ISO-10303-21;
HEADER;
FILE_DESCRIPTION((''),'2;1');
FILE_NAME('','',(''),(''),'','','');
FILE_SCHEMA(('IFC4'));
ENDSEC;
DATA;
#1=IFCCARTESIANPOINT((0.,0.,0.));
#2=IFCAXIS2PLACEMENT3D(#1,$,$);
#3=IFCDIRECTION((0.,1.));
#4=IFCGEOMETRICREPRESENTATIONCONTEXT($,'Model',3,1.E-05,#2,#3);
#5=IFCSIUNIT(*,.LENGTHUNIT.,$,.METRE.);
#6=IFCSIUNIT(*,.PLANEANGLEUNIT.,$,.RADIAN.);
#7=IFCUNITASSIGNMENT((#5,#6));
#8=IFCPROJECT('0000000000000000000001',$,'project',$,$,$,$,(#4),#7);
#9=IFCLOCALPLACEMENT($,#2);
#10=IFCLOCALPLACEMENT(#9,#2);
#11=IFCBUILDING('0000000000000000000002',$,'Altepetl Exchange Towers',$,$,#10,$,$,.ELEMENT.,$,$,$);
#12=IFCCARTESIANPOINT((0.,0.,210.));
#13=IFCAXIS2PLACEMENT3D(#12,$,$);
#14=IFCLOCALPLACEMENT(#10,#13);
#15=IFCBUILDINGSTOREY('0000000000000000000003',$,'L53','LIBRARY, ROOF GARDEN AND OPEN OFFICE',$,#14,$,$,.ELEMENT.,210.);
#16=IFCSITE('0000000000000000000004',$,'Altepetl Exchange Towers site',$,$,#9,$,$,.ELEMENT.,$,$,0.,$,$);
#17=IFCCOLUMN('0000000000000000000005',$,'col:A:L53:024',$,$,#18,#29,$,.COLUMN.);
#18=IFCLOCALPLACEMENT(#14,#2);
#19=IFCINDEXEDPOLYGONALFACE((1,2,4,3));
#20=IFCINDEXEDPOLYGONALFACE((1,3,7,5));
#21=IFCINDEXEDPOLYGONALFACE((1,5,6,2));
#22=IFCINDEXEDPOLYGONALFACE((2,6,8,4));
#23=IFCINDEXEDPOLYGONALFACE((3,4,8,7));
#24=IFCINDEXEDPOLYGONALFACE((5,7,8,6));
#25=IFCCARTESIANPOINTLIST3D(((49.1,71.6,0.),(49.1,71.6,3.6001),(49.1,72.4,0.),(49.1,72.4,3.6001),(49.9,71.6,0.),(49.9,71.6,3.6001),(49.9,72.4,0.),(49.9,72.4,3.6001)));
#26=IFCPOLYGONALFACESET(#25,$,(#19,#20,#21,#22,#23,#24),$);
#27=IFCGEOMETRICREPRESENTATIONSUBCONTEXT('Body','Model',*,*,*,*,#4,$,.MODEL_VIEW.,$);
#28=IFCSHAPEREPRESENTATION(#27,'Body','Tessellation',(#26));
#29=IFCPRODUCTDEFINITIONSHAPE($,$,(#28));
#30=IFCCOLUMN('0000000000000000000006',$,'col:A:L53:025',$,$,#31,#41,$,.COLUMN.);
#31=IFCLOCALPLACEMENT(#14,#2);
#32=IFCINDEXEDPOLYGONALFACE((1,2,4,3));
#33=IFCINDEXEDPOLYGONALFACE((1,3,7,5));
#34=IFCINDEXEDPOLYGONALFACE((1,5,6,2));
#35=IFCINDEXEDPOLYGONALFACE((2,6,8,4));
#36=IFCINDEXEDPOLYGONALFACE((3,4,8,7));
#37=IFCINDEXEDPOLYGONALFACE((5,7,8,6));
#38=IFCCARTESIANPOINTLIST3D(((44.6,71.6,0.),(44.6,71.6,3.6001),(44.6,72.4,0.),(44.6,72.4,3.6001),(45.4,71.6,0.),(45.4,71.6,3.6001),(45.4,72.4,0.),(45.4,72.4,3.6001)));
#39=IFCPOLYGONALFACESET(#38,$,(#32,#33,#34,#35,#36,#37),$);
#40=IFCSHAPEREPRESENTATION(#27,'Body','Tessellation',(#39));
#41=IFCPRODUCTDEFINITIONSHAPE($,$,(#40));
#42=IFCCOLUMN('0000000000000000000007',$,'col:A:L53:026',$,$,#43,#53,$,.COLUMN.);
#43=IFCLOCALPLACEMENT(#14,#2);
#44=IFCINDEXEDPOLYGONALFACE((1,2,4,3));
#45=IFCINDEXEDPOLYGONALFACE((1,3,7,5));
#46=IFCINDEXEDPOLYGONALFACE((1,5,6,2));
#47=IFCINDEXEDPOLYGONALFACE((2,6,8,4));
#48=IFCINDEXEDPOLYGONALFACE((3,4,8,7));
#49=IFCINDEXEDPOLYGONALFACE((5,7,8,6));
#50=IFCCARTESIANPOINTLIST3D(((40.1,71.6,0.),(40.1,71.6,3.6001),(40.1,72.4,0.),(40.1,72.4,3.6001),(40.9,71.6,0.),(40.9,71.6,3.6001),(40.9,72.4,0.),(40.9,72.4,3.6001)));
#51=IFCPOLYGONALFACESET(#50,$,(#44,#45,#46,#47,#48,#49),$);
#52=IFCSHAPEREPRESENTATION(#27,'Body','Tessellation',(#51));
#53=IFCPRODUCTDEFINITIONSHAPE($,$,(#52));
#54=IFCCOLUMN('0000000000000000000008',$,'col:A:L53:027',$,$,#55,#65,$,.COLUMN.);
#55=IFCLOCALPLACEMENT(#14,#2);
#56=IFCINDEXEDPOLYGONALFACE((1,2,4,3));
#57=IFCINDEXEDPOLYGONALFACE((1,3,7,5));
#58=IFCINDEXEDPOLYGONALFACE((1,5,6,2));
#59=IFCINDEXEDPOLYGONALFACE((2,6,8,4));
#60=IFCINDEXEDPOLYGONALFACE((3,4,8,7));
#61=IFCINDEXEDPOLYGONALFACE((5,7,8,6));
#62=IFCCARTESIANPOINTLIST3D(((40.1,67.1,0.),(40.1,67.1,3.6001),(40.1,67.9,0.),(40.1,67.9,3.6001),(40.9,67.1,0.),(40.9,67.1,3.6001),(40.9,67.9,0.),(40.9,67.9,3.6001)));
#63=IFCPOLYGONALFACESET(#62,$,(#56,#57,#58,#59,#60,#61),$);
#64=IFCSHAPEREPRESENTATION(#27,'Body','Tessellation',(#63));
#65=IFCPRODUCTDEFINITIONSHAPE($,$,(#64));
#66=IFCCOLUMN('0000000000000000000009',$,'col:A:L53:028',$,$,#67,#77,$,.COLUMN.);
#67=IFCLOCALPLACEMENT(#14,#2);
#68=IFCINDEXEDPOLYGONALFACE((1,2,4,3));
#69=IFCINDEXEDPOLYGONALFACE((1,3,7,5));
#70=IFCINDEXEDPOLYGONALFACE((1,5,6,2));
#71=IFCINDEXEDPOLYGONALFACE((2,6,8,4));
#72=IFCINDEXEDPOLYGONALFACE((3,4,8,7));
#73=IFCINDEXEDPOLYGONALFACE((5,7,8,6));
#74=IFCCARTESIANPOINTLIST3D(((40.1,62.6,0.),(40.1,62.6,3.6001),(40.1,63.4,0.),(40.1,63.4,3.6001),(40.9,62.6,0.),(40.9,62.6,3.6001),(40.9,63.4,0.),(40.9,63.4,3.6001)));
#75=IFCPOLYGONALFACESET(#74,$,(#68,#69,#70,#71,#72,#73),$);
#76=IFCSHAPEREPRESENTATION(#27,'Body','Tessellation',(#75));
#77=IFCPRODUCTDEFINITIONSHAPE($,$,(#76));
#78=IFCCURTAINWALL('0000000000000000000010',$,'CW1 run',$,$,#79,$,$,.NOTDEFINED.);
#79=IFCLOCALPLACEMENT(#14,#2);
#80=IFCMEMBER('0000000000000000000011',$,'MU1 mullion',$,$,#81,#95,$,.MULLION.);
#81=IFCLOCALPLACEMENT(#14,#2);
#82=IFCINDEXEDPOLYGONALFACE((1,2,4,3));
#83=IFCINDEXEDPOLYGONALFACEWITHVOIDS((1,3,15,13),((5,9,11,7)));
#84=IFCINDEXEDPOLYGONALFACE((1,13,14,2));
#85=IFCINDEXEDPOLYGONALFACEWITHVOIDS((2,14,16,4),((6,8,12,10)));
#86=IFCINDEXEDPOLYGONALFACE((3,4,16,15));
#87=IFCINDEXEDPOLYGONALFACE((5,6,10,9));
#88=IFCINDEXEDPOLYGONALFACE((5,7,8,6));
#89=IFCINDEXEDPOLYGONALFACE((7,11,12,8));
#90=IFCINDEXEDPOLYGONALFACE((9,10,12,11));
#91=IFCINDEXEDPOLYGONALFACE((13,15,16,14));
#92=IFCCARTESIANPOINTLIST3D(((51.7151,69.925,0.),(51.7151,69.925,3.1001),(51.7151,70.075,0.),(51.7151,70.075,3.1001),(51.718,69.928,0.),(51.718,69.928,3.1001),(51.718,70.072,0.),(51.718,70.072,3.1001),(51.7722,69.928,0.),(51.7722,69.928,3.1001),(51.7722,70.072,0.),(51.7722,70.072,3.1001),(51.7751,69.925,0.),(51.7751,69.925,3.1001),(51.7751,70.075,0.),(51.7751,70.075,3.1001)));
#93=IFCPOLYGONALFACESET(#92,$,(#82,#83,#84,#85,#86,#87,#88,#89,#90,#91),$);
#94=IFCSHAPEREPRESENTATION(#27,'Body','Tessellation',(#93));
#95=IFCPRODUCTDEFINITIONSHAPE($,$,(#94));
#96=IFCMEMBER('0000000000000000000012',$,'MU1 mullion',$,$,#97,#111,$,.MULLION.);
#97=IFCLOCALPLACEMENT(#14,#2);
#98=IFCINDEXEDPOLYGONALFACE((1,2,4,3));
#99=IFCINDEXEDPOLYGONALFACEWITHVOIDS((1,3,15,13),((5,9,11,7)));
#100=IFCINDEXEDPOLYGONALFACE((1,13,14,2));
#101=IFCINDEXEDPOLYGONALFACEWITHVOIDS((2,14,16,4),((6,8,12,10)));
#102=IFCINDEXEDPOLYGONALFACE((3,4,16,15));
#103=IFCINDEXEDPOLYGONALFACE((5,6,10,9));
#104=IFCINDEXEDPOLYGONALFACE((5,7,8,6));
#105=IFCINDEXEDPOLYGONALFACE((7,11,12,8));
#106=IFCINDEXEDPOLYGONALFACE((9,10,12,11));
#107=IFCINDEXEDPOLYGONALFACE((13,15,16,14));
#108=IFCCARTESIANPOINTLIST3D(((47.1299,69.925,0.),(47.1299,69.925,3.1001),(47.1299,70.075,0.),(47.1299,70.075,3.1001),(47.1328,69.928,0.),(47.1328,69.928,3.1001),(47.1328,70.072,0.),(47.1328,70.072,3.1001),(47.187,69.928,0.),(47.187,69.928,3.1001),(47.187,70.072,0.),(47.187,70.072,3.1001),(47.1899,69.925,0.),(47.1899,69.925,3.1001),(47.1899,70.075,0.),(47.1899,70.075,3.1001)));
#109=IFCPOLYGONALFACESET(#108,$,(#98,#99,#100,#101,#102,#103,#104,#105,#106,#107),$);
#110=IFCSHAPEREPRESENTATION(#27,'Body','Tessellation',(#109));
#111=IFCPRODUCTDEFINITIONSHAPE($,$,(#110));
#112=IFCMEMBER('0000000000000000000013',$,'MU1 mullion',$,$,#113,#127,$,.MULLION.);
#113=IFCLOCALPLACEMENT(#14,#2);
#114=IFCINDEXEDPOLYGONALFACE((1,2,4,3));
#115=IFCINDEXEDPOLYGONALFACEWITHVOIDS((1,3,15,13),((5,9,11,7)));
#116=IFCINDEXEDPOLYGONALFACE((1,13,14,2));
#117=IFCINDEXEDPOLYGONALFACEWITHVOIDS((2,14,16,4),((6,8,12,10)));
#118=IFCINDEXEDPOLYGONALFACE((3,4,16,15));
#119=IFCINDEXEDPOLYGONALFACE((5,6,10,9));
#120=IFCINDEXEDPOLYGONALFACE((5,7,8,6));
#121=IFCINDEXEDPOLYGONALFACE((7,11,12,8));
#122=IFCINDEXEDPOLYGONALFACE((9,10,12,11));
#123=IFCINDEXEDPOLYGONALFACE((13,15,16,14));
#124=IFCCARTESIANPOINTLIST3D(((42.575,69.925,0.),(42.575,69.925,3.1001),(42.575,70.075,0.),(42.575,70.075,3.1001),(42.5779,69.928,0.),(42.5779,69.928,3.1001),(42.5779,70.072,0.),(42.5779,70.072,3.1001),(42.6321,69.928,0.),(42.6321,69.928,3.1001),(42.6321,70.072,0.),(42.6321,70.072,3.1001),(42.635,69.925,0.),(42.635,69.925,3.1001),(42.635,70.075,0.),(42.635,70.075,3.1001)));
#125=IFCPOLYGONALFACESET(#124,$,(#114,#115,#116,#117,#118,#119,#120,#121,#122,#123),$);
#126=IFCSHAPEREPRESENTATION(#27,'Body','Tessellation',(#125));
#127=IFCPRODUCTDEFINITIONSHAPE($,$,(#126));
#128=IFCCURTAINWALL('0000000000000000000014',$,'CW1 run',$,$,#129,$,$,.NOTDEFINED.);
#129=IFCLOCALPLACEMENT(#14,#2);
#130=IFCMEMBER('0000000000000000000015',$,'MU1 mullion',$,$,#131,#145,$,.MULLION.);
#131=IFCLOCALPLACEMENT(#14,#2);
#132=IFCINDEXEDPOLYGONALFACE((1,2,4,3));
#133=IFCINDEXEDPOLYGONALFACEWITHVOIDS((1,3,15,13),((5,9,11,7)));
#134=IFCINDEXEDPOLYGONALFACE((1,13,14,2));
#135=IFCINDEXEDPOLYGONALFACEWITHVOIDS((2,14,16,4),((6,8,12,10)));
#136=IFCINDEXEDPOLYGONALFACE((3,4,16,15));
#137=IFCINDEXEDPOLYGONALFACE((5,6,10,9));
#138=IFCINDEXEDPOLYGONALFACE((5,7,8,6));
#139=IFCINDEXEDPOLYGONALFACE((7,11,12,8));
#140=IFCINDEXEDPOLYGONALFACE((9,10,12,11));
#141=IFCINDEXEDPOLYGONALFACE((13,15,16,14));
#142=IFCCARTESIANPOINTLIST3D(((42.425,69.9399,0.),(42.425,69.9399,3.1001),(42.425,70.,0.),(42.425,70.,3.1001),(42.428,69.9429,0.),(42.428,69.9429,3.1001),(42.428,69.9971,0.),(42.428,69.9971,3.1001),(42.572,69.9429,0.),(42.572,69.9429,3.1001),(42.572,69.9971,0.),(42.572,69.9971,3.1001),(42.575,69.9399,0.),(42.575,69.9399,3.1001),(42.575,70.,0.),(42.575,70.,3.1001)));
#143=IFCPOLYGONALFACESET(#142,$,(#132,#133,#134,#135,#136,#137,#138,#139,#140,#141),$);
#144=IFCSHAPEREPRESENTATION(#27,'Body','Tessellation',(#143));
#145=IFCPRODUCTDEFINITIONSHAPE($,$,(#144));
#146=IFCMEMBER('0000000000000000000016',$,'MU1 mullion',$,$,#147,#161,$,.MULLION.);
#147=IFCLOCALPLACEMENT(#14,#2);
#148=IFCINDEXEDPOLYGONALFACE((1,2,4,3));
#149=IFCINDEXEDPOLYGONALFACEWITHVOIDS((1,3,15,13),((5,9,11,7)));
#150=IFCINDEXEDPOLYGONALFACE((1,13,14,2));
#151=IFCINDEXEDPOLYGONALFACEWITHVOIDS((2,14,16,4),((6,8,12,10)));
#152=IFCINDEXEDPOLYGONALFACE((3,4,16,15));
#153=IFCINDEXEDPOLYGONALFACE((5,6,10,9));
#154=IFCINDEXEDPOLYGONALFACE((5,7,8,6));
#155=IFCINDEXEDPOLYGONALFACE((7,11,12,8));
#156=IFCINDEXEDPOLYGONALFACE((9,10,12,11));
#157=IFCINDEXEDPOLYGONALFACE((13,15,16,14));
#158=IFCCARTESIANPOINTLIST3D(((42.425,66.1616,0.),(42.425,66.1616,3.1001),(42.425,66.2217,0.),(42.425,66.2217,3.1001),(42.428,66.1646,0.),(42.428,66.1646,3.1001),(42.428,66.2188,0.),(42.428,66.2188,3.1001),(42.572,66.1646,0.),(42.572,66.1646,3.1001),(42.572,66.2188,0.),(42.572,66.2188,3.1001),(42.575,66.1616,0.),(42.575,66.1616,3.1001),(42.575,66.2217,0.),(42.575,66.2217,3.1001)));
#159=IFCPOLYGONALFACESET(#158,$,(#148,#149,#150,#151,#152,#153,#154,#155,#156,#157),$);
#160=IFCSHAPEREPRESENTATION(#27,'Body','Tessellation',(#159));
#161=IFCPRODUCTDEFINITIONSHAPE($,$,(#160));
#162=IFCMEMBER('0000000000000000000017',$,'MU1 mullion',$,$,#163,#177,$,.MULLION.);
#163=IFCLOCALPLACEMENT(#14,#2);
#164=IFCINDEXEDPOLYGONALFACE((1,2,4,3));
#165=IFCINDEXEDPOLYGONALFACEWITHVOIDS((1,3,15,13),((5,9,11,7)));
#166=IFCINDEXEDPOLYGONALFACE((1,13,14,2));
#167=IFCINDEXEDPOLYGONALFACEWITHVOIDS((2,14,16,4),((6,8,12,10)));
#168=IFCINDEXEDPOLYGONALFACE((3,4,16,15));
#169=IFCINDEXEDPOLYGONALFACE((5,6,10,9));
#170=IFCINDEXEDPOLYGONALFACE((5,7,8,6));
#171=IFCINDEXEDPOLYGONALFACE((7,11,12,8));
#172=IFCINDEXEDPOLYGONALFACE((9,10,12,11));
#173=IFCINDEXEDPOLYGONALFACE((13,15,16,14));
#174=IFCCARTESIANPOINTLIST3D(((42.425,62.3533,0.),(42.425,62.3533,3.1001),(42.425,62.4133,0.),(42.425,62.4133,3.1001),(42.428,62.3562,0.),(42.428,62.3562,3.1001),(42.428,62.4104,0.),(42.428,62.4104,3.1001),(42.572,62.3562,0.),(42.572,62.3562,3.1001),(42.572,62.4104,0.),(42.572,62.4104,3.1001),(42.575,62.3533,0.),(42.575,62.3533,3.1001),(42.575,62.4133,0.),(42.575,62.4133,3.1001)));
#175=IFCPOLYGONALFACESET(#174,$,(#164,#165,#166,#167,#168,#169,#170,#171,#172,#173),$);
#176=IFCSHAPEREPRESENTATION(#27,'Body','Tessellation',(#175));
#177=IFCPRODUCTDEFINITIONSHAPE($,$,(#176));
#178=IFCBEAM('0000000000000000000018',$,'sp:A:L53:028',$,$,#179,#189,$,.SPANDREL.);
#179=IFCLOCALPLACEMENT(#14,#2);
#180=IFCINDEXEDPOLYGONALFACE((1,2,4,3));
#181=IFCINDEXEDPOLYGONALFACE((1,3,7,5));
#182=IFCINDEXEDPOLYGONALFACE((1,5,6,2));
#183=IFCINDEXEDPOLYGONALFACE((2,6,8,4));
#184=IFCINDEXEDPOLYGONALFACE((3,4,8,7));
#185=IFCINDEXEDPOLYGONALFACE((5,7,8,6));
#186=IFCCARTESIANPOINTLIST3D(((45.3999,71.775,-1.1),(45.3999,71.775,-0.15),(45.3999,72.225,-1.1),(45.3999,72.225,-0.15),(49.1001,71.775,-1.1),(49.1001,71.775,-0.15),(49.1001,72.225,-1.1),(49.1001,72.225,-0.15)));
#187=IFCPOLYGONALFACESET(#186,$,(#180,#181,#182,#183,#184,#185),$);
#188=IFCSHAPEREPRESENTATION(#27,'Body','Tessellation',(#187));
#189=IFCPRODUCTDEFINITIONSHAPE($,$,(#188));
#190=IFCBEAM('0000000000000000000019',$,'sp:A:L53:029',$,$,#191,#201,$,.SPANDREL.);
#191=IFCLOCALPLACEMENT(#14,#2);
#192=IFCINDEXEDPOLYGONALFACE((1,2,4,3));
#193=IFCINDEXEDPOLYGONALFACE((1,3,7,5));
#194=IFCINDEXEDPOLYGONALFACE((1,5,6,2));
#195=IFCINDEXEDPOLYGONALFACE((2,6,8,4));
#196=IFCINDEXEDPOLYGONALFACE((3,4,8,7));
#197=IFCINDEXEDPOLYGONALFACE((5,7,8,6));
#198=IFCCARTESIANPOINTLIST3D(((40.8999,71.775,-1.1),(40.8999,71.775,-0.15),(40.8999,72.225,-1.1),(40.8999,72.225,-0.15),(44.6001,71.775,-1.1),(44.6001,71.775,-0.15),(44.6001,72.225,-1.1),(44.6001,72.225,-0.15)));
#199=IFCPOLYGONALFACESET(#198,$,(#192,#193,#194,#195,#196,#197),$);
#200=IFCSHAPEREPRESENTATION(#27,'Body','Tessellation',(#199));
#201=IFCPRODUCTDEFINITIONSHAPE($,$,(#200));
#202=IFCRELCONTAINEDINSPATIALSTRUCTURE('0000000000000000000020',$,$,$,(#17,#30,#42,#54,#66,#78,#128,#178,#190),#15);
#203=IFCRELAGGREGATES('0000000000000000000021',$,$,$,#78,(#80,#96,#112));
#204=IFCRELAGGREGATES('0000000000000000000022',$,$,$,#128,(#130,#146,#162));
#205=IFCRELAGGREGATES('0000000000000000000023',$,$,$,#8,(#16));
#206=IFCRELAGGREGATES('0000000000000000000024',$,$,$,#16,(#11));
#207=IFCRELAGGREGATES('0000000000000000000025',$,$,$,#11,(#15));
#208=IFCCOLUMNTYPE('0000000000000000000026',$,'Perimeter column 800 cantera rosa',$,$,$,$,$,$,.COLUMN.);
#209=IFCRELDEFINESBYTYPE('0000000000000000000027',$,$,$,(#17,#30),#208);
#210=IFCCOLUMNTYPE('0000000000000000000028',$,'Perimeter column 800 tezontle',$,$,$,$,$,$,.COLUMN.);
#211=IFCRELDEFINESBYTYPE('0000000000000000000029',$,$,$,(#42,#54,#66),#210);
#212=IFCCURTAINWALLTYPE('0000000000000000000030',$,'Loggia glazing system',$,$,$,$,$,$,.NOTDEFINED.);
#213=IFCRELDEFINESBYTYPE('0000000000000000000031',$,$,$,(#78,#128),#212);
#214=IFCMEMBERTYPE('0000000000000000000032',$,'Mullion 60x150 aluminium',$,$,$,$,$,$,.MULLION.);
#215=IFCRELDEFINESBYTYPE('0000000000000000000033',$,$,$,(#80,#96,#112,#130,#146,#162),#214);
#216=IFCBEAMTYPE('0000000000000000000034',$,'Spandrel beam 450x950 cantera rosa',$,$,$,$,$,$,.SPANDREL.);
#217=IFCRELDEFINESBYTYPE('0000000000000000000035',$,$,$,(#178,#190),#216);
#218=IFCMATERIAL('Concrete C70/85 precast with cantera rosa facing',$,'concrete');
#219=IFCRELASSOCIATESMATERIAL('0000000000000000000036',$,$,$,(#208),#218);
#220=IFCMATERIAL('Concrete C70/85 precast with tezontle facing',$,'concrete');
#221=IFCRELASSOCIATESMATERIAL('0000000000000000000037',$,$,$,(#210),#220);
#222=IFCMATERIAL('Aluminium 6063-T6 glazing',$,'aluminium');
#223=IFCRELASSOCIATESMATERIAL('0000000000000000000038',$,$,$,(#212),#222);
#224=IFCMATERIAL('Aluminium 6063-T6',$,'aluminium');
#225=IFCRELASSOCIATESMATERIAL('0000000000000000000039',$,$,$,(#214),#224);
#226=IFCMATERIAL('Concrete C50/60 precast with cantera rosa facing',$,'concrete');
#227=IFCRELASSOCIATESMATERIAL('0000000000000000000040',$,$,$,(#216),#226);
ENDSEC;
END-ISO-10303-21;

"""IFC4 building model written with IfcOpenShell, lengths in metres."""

from ifc_helpers import new_model, si_unit, direction, frame, origin, origin_2d, place, context, subcontext, project, spatial, rectangle, hollow_rectangle, extrude, material, material_profile, profile_set, type_object, element, aggregate, save


model = new_model("IFC4")

# Units and contexts
model_context = context("Model", 3, precision=1e-05, world=origin(), true_north=direction((0.0, 1.0)))
body_context = subcontext(model_context, "Body", "Model", "MODEL_VIEW")
ifc_project = project(units=[si_unit("LENGTHUNIT", "METRE"), si_unit("PLANEANGLEUNIT", "RADIAN")], contexts=[model_context])

# Site, building, storey
site_placement = place(None, origin())
site = spatial("IfcSite", under=ifc_project, at=site_placement, Name="Altepetl Exchange Towers site", CompositionType="ELEMENT", RefElevation=0.0)
building_placement = place(site_placement, origin())
building = spatial("IfcBuilding", under=site, at=building_placement, Name="Altepetl Exchange Towers", CompositionType="ELEMENT")
storey_placement = place(building_placement, frame((0.0, 0.0, 210.0)))
storey = spatial("IfcBuildingStorey", under=building, at=storey_placement, Name="L53", Description="LIBRARY, ROOF GARDEN AND OPEN OFFICE", CompositionType="ELEMENT", Elevation=210.0)

# Columns
ifc_material_1 = material(Name="Concrete C70/85 precast with cantera rosa facing", Category="concrete")
ifc_material_profile_1 = material_profile(ifc_material_1, rectangle(XDim=0.8, YDim=0.8, at=origin_2d()), Name="800 x 800")
ifc_profile_set_1 = profile_set([ifc_material_profile_1], Name="Concrete C70/85 precast with cantera rosa facing")
column_type_1 = type_object("IfcColumnType", Name="Perimeter column 800 cantera rosa", PredefinedType="COLUMN", material=ifc_profile_set_1)
for number, where, name in (
    (1, (49.5, 72.0, 0.0), "col:A:L53:024"),
    (2, (45.0, 72.0, 0.0), "col:A:L53:025"),
):
    element("IfcColumn", number, at=place(storey_placement, frame(where)), inside=storey, type_object=column_type_1, Name=name, PredefinedType="COLUMN", context=body_context, shape_type="SweptSolid", body=[
        extrude(rectangle(XDim=0.8, YDim=0.8, at=origin_2d()), origin(), (0.0, 0.0, 1.0), 3.6001),
    ])
ifc_material_2 = material(Name="Concrete C70/85 precast with tezontle facing", Category="concrete")
ifc_material_profile_2 = material_profile(ifc_material_2, rectangle(XDim=0.8, YDim=0.8, at=origin_2d()), Name="800 x 800")
ifc_profile_set_2 = profile_set([ifc_material_profile_2], Name="Concrete C70/85 precast with tezontle facing")
column_type_2 = type_object("IfcColumnType", Name="Perimeter column 800 tezontle", PredefinedType="COLUMN", material=ifc_profile_set_2)
for number, where, name in (
    (3, (40.5, 72.0, 0.0), "col:A:L53:026"),
    (4, (40.5, 67.5, 0.0), "col:A:L53:027"),
    (5, (40.5, 63.0, 0.0), "col:A:L53:028"),
):
    element("IfcColumn", number, at=place(storey_placement, frame(where)), inside=storey, type_object=column_type_2, Name=name, PredefinedType="COLUMN", context=body_context, shape_type="SweptSolid", body=[
        extrude(rectangle(XDim=0.8, YDim=0.8, at=origin_2d()), origin(), (0.0, 0.0, 1.0), 3.6001),
    ])

# Curtain walls, members
ifc_material_3 = material(Name="Aluminium 6063-T6 glazing", Category="aluminium")
curtain_wall_type = type_object("IfcCurtainWallType", Name="Loggia glazing system", PredefinedType="NOTDEFINED", material=ifc_material_3)
curtain_wall_1_placement = place(storey_placement, origin())
curtain_wall_1 = element("IfcCurtainWall", 6, at=curtain_wall_1_placement, inside=storey, type_object=curtain_wall_type, Name="CW1 run", PredefinedType="NOTDEFINED")
ifc_material_4 = material(Name="Aluminium 6063-T6", Category="aluminium")
ifc_material_profile_3 = material_profile(ifc_material_4, hollow_rectangle(XDim=0.0601, YDim=0.1499, WallThickness=0.0029, at=origin_2d()), Name="Mullion 60x150 aluminium")
ifc_profile_set_3 = profile_set([ifc_material_profile_3], Name="Aluminium 6063-T6")
member_type = type_object("IfcMemberType", Name="Mullion 60x150 aluminium", PredefinedType="MULLION", material=ifc_profile_set_3)
member_1_placement = place(storey_placement, frame((51.7451, 70.0, 0.0), z_axis=(0.0, 0.0, 1.0), x_axis=(-1.0, 0.0, 0.0)))
member_1 = element("IfcMember", 7, at=member_1_placement, type_object=member_type, Name="MU1 mullion", PredefinedType="MULLION", context=body_context, shape_type="SweptSolid", body=[
    extrude(hollow_rectangle(XDim=0.0601, YDim=0.1499, WallThickness=0.0029, at=origin_2d()), origin(), (0.0, 0.0, 1.0), 3.1001),
])
member_2_placement = place(storey_placement, frame((47.1599, 70.0, 0.0), z_axis=(0.0, 0.0, 1.0), x_axis=(-1.0, 0.0, 0.0)))
member_2 = element("IfcMember", 8, at=member_2_placement, type_object=member_type, Name="MU1 mullion", PredefinedType="MULLION", context=body_context, shape_type="SweptSolid", body=[
    extrude(hollow_rectangle(XDim=0.0601, YDim=0.1499, WallThickness=0.0029, at=origin_2d()), origin(), (0.0, 0.0, 1.0), 3.1001),
])
member_3_placement = place(storey_placement, frame((42.605, 70.0, 0.0), z_axis=(0.0, 0.0, 1.0), x_axis=(-1.0, 0.0, 0.0)))
member_3 = element("IfcMember", 9, at=member_3_placement, type_object=member_type, Name="MU1 mullion", PredefinedType="MULLION", context=body_context, shape_type="SweptSolid", body=[
    extrude(hollow_rectangle(XDim=0.0601, YDim=0.1499, WallThickness=0.0029, at=origin_2d()), origin(), (0.0, 0.0, 1.0), 3.1001),
])
curtain_wall_2_placement = place(storey_placement, origin())
curtain_wall_2 = element("IfcCurtainWall", 10, at=curtain_wall_2_placement, inside=storey, type_object=curtain_wall_type, Name="CW1 run", PredefinedType="NOTDEFINED")
member_4_placement = place(storey_placement, frame((42.5, 69.97, 0.0), z_axis=(0.0, 0.0, 1.0), x_axis=(0.0, -1.0, 0.0)))
member_4 = element("IfcMember", 11, at=member_4_placement, type_object=member_type, Name="MU1 mullion", PredefinedType="MULLION", context=body_context, shape_type="SweptSolid", body=[
    extrude(hollow_rectangle(XDim=0.0601, YDim=0.1499, WallThickness=0.0029, at=origin_2d()), origin(), (0.0, 0.0, 1.0), 3.1001),
])
member_5_placement = place(storey_placement, frame((42.5, 66.1917, 0.0), z_axis=(0.0, 0.0, 1.0), x_axis=(0.0, -1.0, 0.0)))
member_5 = element("IfcMember", 12, at=member_5_placement, type_object=member_type, Name="MU1 mullion", PredefinedType="MULLION", context=body_context, shape_type="SweptSolid", body=[
    extrude(hollow_rectangle(XDim=0.0601, YDim=0.1499, WallThickness=0.0029, at=origin_2d()), origin(), (0.0, 0.0, 1.0), 3.1001),
])
member_6_placement = place(storey_placement, frame((42.5, 62.3833, 0.0), z_axis=(0.0, 0.0, 1.0), x_axis=(0.0, -1.0, 0.0)))
member_6 = element("IfcMember", 13, at=member_6_placement, type_object=member_type, Name="MU1 mullion", PredefinedType="MULLION", context=body_context, shape_type="SweptSolid", body=[
    extrude(hollow_rectangle(XDim=0.0601, YDim=0.1499, WallThickness=0.0029, at=origin_2d()), origin(), (0.0, 0.0, 1.0), 3.1001),
])

# Beams
ifc_material_5 = material(Name="Concrete C50/60 precast with cantera rosa facing", Category="concrete")
ifc_material_profile_4 = material_profile(ifc_material_5, rectangle(XDim=0.45, YDim=0.95, at=origin_2d()), Name="450 x 950")
ifc_profile_set_4 = profile_set([ifc_material_profile_4], Name="Concrete C50/60 precast with cantera rosa facing")
beam_type_1 = type_object("IfcBeamType", Name="Spandrel beam 450x950 cantera rosa", PredefinedType="SPANDREL", material=ifc_profile_set_4)
for number, where, z_axis, x_axis, name in (
    (14, (49.1001, 72.0, -0.625), (-1.0, 0.0, 0.0), (0.0, -1.0, 0.0), "sp:A:L53:028"),
    (15, (44.6001, 72.0, -0.625), (-1.0, 0.0, 0.0), (0.0, -1.0, 0.0), "sp:A:L53:029"),
):
    element("IfcBeam", number, at=place(storey_placement, frame(where, z_axis=z_axis, x_axis=x_axis)), inside=storey, type_object=beam_type_1, Name=name, PredefinedType="SPANDREL", context=body_context, shape_type="SweptSolid", body=[
        extrude(rectangle(XDim=0.45, YDim=0.95, at=origin_2d()), origin(), (0.0, 0.0, 1.0), 3.7002),
    ])

aggregate(curtain_wall_1, [member_1, member_2, member_3])
aggregate(curtain_wall_2, [member_4, member_5, member_6])

save(model, "model.ifc")
